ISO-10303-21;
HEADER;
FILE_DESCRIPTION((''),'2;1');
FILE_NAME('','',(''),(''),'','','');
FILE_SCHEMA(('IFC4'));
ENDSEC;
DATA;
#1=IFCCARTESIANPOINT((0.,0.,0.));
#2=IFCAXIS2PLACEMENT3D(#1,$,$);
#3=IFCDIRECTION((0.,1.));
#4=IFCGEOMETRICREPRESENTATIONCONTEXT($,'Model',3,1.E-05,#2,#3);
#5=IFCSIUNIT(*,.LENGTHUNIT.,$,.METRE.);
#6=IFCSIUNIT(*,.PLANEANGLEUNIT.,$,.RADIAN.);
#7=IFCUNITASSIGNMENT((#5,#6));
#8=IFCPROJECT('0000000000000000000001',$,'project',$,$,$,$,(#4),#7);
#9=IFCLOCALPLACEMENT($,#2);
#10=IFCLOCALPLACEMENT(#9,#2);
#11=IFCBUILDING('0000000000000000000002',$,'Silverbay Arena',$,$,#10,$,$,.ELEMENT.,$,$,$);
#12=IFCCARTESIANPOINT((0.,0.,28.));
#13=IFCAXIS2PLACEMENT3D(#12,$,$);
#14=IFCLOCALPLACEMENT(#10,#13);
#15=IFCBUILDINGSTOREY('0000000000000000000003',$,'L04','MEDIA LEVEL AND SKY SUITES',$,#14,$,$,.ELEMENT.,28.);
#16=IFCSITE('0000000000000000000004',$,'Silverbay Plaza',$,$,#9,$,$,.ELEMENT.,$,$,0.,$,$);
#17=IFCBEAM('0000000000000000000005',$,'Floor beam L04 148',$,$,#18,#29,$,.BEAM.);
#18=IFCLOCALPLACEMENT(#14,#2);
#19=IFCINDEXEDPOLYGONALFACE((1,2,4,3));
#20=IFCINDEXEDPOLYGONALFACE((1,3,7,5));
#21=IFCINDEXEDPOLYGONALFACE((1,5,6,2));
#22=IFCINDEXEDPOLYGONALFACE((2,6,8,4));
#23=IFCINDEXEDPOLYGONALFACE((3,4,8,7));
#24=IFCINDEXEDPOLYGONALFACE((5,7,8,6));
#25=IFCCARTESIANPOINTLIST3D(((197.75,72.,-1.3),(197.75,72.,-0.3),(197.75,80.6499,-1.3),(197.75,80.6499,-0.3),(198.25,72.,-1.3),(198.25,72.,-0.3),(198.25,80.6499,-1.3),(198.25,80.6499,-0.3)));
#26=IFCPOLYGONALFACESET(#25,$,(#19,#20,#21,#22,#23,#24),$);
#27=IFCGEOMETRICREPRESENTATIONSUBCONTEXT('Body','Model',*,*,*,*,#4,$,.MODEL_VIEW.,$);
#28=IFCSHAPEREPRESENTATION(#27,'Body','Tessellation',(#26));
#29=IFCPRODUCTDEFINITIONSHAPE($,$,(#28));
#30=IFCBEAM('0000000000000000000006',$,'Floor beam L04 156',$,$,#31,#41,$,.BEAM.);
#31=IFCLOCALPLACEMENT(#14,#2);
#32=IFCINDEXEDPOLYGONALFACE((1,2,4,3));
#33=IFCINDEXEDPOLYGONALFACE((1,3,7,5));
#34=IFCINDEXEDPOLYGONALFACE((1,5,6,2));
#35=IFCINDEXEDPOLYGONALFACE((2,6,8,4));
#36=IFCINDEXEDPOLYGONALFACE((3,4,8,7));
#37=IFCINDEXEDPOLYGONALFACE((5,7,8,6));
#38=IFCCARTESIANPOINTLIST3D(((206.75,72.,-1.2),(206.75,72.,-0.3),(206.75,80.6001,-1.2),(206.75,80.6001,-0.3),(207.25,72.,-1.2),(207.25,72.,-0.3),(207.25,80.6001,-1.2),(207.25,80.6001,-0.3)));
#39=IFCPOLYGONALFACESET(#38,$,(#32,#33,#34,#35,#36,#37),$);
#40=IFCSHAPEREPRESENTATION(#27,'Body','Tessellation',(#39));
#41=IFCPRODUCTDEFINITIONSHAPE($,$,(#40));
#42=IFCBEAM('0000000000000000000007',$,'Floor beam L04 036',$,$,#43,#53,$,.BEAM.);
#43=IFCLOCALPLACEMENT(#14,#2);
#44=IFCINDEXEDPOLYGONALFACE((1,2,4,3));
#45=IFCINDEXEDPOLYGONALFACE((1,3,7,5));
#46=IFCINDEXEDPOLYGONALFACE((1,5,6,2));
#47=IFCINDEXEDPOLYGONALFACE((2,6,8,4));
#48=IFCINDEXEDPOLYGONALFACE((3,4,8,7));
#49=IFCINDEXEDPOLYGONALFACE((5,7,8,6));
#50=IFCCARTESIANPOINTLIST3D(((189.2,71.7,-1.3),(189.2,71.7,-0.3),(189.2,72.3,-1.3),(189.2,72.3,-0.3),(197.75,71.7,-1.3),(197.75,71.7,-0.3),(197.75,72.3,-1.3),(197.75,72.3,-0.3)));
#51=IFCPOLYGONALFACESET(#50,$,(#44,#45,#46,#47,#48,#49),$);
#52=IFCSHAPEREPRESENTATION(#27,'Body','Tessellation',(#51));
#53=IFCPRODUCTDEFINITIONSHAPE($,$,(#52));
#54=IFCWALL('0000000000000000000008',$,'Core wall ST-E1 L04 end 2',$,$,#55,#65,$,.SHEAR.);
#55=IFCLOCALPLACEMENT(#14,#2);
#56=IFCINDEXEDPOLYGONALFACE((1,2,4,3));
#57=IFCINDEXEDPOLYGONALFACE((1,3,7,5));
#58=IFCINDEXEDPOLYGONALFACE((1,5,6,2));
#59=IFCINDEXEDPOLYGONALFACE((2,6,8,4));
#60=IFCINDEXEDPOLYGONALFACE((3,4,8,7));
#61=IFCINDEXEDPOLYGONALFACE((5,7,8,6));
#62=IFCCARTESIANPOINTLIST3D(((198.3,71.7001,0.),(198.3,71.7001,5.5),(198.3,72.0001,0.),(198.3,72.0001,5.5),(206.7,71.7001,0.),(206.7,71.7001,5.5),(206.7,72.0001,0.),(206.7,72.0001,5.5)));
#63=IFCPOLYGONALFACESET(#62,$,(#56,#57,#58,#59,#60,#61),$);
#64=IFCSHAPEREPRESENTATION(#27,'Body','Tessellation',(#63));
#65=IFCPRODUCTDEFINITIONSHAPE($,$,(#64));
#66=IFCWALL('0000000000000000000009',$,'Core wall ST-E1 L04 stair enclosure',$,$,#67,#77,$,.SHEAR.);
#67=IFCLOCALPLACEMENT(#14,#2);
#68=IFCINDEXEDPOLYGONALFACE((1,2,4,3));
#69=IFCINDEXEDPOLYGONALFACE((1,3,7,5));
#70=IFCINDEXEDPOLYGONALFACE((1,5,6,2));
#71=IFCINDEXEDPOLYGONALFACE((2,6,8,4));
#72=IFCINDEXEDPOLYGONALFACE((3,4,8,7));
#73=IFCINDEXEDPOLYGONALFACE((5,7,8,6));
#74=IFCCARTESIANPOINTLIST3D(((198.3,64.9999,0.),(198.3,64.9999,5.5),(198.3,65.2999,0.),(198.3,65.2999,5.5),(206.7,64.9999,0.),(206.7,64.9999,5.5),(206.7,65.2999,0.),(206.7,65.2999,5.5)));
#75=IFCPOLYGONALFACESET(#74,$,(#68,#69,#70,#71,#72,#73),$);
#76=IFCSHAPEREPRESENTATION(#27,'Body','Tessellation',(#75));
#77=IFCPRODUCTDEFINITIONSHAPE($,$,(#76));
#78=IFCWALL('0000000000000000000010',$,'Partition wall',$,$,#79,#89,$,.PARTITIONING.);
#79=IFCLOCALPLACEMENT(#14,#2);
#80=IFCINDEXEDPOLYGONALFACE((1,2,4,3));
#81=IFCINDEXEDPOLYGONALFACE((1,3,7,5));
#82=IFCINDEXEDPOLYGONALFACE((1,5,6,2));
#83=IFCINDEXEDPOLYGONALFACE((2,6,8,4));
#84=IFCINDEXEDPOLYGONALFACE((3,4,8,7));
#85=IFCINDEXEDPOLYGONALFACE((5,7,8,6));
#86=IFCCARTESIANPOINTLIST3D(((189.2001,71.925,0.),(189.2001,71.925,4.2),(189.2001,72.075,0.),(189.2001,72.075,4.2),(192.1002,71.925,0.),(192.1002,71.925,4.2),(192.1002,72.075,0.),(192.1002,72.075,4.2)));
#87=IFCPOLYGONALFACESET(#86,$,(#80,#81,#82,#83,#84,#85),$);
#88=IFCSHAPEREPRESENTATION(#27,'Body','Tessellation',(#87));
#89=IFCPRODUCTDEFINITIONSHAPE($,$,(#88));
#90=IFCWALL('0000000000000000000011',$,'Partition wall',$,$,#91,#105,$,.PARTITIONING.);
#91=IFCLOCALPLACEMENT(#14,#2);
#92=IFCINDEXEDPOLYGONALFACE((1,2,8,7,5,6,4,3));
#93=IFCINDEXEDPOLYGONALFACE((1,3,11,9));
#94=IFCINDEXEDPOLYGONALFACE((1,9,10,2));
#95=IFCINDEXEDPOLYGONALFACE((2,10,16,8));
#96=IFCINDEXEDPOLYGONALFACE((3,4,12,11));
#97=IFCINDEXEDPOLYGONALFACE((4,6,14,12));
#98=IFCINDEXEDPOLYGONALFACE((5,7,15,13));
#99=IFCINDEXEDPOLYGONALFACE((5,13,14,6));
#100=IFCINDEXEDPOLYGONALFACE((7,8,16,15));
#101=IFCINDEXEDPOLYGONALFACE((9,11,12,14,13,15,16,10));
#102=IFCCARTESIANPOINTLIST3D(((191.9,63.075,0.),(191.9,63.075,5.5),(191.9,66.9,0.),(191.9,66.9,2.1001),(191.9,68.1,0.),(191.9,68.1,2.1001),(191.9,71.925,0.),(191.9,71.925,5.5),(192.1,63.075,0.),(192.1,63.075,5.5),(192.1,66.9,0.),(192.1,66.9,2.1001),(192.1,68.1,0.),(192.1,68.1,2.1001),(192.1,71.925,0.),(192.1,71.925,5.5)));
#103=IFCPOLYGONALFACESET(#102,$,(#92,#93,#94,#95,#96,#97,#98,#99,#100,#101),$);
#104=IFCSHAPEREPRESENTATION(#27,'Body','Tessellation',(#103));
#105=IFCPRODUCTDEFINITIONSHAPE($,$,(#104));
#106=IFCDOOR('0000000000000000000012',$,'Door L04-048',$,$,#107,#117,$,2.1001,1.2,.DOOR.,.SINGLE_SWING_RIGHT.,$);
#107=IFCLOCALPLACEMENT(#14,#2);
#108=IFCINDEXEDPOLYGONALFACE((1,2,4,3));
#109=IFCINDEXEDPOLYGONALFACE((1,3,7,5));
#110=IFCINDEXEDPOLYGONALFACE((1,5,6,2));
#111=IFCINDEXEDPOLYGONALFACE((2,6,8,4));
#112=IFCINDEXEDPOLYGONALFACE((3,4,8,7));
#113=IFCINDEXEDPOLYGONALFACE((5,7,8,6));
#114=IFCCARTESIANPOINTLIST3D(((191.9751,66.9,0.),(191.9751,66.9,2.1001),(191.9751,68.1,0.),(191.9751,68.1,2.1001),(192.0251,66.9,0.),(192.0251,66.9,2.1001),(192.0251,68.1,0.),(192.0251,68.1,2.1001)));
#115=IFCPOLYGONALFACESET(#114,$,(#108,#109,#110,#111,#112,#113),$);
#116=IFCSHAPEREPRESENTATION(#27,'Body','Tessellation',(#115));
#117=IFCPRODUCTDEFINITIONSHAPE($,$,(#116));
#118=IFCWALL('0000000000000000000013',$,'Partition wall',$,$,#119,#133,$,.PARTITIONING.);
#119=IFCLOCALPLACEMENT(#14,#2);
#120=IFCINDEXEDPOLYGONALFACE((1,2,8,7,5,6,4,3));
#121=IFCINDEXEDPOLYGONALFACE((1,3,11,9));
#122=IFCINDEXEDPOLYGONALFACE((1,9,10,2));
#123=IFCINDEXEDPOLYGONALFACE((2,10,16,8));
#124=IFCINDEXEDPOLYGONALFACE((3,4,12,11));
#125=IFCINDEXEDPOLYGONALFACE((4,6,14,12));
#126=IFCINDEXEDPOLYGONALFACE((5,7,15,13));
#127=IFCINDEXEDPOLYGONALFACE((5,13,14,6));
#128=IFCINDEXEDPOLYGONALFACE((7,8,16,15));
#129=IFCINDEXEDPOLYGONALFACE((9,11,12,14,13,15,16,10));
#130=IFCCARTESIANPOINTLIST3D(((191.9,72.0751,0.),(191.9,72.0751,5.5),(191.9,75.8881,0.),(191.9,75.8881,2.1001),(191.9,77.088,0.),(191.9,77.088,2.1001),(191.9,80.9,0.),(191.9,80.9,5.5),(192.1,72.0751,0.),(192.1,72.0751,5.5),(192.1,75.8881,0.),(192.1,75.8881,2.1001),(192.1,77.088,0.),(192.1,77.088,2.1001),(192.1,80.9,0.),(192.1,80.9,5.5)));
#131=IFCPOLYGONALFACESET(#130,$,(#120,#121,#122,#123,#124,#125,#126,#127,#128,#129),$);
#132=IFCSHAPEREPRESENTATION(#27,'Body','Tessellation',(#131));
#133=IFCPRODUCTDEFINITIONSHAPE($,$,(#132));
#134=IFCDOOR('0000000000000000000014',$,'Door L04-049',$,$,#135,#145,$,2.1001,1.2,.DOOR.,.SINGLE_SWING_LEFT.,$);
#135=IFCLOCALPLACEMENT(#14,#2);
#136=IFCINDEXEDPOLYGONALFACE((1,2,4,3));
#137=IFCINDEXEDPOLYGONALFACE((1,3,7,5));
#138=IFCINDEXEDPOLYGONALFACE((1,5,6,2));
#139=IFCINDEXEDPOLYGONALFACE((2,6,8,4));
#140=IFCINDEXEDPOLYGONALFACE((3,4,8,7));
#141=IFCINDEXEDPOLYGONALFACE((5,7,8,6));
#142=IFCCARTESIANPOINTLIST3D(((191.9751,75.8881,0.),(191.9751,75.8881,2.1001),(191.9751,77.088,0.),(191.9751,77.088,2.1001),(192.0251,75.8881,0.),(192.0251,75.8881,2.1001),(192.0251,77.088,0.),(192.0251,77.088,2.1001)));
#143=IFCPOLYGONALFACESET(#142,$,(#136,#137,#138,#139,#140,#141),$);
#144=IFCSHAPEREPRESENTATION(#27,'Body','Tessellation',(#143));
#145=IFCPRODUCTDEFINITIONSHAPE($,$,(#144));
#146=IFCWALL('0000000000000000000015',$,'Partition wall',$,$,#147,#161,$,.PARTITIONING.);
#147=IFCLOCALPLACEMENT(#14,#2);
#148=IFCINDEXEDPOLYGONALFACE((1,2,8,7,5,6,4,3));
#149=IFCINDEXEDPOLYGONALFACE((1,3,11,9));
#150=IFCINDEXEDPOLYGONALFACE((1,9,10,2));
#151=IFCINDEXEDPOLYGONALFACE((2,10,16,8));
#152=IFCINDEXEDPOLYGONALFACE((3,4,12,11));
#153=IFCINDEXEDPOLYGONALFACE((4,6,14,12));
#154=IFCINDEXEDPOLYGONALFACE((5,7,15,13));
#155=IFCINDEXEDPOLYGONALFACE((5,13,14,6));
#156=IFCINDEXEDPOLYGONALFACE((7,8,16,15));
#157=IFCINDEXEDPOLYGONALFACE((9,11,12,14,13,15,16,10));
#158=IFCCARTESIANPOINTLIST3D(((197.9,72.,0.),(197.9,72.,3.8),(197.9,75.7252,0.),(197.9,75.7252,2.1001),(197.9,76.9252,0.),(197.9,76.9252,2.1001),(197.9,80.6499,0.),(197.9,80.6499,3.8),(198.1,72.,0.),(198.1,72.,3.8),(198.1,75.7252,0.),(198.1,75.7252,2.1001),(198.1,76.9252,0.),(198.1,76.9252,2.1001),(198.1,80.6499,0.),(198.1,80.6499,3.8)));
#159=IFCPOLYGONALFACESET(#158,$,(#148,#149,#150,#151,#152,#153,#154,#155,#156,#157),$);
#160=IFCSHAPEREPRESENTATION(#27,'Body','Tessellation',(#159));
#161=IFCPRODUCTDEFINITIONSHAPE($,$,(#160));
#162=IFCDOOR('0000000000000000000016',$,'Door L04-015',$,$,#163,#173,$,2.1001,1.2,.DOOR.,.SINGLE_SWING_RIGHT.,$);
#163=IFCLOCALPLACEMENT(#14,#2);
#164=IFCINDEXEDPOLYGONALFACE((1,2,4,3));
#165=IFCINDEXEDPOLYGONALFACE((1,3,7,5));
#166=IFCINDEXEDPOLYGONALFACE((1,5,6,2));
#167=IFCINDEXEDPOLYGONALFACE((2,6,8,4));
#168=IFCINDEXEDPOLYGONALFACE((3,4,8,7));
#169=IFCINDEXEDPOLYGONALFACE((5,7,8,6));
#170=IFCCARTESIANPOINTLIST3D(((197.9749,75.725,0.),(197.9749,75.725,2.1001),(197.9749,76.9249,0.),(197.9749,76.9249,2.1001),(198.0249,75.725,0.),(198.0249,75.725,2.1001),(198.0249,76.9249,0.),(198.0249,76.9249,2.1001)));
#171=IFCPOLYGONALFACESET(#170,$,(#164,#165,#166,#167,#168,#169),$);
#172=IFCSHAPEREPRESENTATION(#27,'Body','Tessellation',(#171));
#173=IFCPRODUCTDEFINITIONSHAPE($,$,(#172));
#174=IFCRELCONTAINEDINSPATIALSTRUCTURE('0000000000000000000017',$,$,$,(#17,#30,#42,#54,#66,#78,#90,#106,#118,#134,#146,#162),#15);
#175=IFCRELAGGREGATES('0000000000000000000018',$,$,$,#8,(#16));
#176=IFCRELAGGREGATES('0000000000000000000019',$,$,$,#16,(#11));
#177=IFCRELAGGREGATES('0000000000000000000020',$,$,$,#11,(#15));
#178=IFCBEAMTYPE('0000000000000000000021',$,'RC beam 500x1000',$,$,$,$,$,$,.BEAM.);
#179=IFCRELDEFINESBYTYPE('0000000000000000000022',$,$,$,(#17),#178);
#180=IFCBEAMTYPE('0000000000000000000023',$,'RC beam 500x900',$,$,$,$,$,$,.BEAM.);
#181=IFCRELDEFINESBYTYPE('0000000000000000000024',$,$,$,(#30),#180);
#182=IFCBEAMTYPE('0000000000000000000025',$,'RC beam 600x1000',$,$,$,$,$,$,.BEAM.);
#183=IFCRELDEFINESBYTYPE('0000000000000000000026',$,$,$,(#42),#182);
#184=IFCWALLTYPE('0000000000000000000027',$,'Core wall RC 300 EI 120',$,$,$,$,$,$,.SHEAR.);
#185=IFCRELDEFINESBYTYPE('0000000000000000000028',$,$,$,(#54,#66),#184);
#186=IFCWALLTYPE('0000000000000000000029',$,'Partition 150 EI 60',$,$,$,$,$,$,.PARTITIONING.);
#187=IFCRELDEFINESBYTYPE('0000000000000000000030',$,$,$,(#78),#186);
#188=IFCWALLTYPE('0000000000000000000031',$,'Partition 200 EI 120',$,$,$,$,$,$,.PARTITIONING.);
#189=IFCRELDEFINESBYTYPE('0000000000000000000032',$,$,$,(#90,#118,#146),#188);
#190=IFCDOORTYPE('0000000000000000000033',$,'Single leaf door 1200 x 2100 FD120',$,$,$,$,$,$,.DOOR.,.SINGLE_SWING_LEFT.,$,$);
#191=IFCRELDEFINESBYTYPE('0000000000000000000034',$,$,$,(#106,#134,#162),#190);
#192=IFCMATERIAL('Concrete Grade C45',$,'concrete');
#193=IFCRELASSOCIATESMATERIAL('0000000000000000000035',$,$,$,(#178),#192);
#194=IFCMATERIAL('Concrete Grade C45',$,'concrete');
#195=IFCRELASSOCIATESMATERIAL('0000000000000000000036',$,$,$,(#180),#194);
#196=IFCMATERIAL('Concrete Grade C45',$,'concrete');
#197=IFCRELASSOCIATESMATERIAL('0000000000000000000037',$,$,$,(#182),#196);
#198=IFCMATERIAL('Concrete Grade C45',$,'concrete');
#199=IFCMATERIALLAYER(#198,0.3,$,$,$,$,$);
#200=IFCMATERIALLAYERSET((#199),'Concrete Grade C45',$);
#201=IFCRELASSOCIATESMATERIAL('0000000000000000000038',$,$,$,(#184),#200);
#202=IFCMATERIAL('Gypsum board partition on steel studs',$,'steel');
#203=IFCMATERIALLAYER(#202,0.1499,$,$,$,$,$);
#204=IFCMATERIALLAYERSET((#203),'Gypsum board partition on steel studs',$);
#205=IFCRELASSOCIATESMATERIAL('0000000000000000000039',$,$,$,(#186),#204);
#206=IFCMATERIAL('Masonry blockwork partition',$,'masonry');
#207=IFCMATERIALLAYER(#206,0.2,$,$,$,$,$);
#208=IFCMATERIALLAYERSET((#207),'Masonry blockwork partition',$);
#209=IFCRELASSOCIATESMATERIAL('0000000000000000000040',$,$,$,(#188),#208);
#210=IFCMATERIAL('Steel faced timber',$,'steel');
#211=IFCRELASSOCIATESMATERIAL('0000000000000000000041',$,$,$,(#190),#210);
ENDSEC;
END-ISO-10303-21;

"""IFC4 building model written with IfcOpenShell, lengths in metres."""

from ifc_helpers import new_model, si_unit, direction, frame, frame_2d, origin, origin_2d, place, context, subcontext, project, spatial, rectangle, extrude, material, layer, layer_set, material_profile, profile_set, type_object, element, fill, save


model = new_model("IFC4")

# Units and contexts
model_context = context("Model", 3, precision=1e-05, world=origin(), true_north=direction((0.0, 1.0)))
body_context = subcontext(model_context, "Body", "Model", "MODEL_VIEW")
ifc_project = project(units=[si_unit("LENGTHUNIT", "METRE"), si_unit("PLANEANGLEUNIT", "RADIAN")], contexts=[model_context])

# Site, building, storey
site_placement = place(None, origin())
site = spatial("IfcSite", under=ifc_project, at=site_placement, Name="Silverbay Plaza", CompositionType="ELEMENT", RefElevation=0.0)
building_placement = place(site_placement, origin())
building = spatial("IfcBuilding", under=site, at=building_placement, Name="Silverbay Arena", CompositionType="ELEMENT")
storey_placement = place(building_placement, frame((0.0, 0.0, 28.0)))
storey = spatial("IfcBuildingStorey", under=building, at=storey_placement, Name="L04", Description="MEDIA LEVEL AND SKY SUITES", CompositionType="ELEMENT", Elevation=28.0)

# Beams
ifc_material_1 = material(Name="Concrete Grade C45", Category="concrete")
ifc_material_profile_1 = material_profile(ifc_material_1, rectangle(XDim=0.5, YDim=1.0, at=origin_2d()), Name="RC 500x1000")
ifc_profile_set_1 = profile_set([ifc_material_profile_1], Name="Concrete Grade C45")
beam_type_1 = type_object("IfcBeamType", Name="RC beam 500x1000", PredefinedType="BEAM", material=ifc_profile_set_1)
beam_1_placement = place(storey_placement, frame((198.0, 72.0, -0.8), z_axis=(0.0, 1.0, 0.0), x_axis=(-1.0, 0.0, 0.0)))
element("IfcBeam", 1, at=beam_1_placement, inside=storey, type_object=beam_type_1, Name="Floor beam L04 148", PredefinedType="BEAM", context=body_context, shape_type="SweptSolid", body=[
    extrude(rectangle(XDim=0.5, YDim=1.0, at=origin_2d()), origin(), (0.0, 0.0, 1.0), 8.6499),
])
ifc_material_2 = material(Name="Concrete Grade C45", Category="concrete")
ifc_material_profile_2 = material_profile(ifc_material_2, rectangle(XDim=0.5, YDim=0.8999, at=origin_2d()), Name="RC 500x900")
ifc_profile_set_2 = profile_set([ifc_material_profile_2], Name="Concrete Grade C45")
beam_type_2 = type_object("IfcBeamType", Name="RC beam 500x900", PredefinedType="BEAM", material=ifc_profile_set_2)
beam_2_placement = place(storey_placement, frame((207.0, 72.0, -0.75), z_axis=(0.0, 1.0, 0.0), x_axis=(-1.0, 0.0, 0.0)))
element("IfcBeam", 2, at=beam_2_placement, inside=storey, type_object=beam_type_2, Name="Floor beam L04 156", PredefinedType="BEAM", context=body_context, shape_type="SweptSolid", body=[
    extrude(rectangle(XDim=0.5, YDim=0.8999, at=origin_2d()), origin(), (0.0, 0.0, 1.0), 8.6001),
])
ifc_material_3 = material(Name="Concrete Grade C45", Category="concrete")
ifc_material_profile_3 = material_profile(ifc_material_3, rectangle(XDim=0.6001, YDim=1.0, at=origin_2d()), Name="RC 600x1000")
ifc_profile_set_3 = profile_set([ifc_material_profile_3], Name="Concrete Grade C45")
beam_type_3 = type_object("IfcBeamType", Name="RC beam 600x1000", PredefinedType="BEAM", material=ifc_profile_set_3)
beam_3_placement = place(storey_placement, frame((189.2, 72.0, -0.8), z_axis=(1.0, 0.0, 0.0), x_axis=(0.0, 1.0, 0.0)))
element("IfcBeam", 3, at=beam_3_placement, inside=storey, type_object=beam_type_3, Name="Floor beam L04 036", PredefinedType="BEAM", context=body_context, shape_type="SweptSolid", body=[
    extrude(rectangle(XDim=0.6001, YDim=1.0, at=origin_2d()), origin(), (0.0, 0.0, 1.0), 8.55),
])

# Walls
ifc_material_4 = material(Name="Concrete Grade C45", Category="concrete")
ifc_layer_1 = layer(ifc_material_4, 0.3)
ifc_layer_set_1 = layer_set([ifc_layer_1], Name="Concrete Grade C45")
wall_type_1 = type_object("IfcWallType", Name="Core wall RC 300 EI 120", PredefinedType="SHEAR", material=ifc_layer_set_1)
for number, where, z_axis, x_axis, name in (
    (4, (198.3, 71.8501, 0.0), (0.0, 0.0, 1.0), (1.0, 0.0, 0.0), "Core wall ST-E1 L04 end 2"),
    (5, (198.3, 65.1499, 0.0), (0.0, 0.0, 1.0), (1.0, 0.0, 0.0), "Core wall ST-E1 L04 stair enclosure"),
):
    element("IfcWall", number, at=place(storey_placement, frame(where, z_axis=z_axis, x_axis=x_axis)), inside=storey, type_object=wall_type_1, Name=name, PredefinedType="SHEAR", context=body_context, shape_type="SweptSolid", body=[
        extrude(rectangle(XDim=8.3999, YDim=0.3, at=frame_2d((4.2, 0.0))), origin(), (0.0, 0.0, 1.0), 5.5),
    ])
ifc_material_5 = material(Name="Gypsum board partition on steel studs", Category="steel")
ifc_layer_2 = layer(ifc_material_5, 0.1499)
ifc_layer_set_2 = layer_set([ifc_layer_2], Name="Gypsum board partition on steel studs")
wall_type_2 = type_object("IfcWallType", Name="Partition 150 EI 60", PredefinedType="PARTITIONING", material=ifc_layer_set_2)
wall_1_placement = place(storey_placement, frame((189.2, 72.0, 0.0), z_axis=(0.0, 0.0, 1.0), x_axis=(1.0, 0.0, 0.0)))
element("IfcWall", 6, at=wall_1_placement, inside=storey, type_object=wall_type_2, Name="Partition wall", PredefinedType="PARTITIONING", context=body_context, shape_type="SweptSolid", body=[
    extrude(rectangle(XDim=2.9001, YDim=0.1499, at=frame_2d((1.4502, 0.0))), origin(), (0.0, 0.0, 1.0), 4.2),
])

# Walls, openings, doors
ifc_material_6 = material(Name="Masonry blockwork partition", Category="masonry")
ifc_layer_3 = layer(ifc_material_6, 0.2)
ifc_layer_set_3 = layer_set([ifc_layer_3], Name="Masonry blockwork partition")
wall_type_3 = type_object("IfcWallType", Name="Partition 200 EI 120", PredefinedType="PARTITIONING", material=ifc_layer_set_3)
wall_2_placement = place(storey_placement, frame((192.0, 63.075, 0.0), z_axis=(0.0, 0.0, 1.0), x_axis=(0.0, 1.0, 0.0)))
wall_2 = element("IfcWall", 7, at=wall_2_placement, inside=storey, type_object=wall_type_3, Name="Partition wall", PredefinedType="PARTITIONING", context=body_context, shape_type="SweptSolid", body=[
    extrude(rectangle(XDim=8.8501, YDim=0.2, at=frame_2d((4.425, 0.0))), origin(), (0.0, 0.0, 1.0), 5.5),
])
opening_1_placement = place(wall_2_placement, frame((3.825, 0.0, 0.0)))
opening_1 = element("IfcOpeningElement", 8, at=opening_1_placement, cuts=wall_2, PredefinedType="OPENING", context=body_context, shape_type="SweptSolid", body=[
    extrude(rectangle(XDim=1.2, YDim=2.1001, at=frame_2d((0.6001, 1.05))), frame((0.0, 0.1099, 0.0), z_axis=(0.0, -1.0, 0.0), x_axis=(1.0, 0.0, 0.0)), (0.0, 0.0, 1.0), 0.22),
])
ifc_material_7 = material(Name="Steel faced timber", Category="steel")
door_type = type_object("IfcDoorType", Name="Single leaf door 1200 x 2100 FD120", OperationType="SINGLE_SWING_LEFT", PredefinedType="DOOR", material=ifc_material_7)
door_1_placement = place(opening_1_placement, origin())
door_1 = element("IfcDoor", 9, at=door_1_placement, inside=storey, type_object=door_type, Name="Door L04-048", OperationType="SINGLE_SWING_RIGHT", OverallHeight=2.1001, OverallWidth=1.2, PredefinedType="DOOR", context=body_context, shape_type="SweptSolid", body=[
    extrude(rectangle(XDim=1.2, YDim=2.1001, at=frame_2d((0.6001, 1.05))), frame((0.0, 0.0249, 0.0), z_axis=(0.0, -1.0, 0.0), x_axis=(1.0, 0.0, 0.0)), (0.0, 0.0, 1.0), 0.05),
])
fill(opening_1, door_1)
wall_3_placement = place(storey_placement, frame((192.0, 72.075, 0.0), z_axis=(0.0, 0.0, 1.0), x_axis=(0.0, 1.0, 0.0)))
wall_3 = element("IfcWall", 10, at=wall_3_placement, inside=storey, type_object=wall_type_3, Name="Partition wall", PredefinedType="PARTITIONING", context=body_context, shape_type="SweptSolid", body=[
    extrude(rectangle(XDim=8.825, YDim=0.2, at=frame_2d((4.4126, 0.0))), origin(), (0.0, 0.0, 1.0), 5.5),
])
opening_2_placement = place(wall_3_placement, frame((3.813, 0.0, 0.0)))
opening_2 = element("IfcOpeningElement", 11, at=opening_2_placement, cuts=wall_3, PredefinedType="OPENING", context=body_context, shape_type="SweptSolid", body=[
    extrude(rectangle(XDim=1.2, YDim=2.1001, at=frame_2d((0.6001, 1.05))), frame((0.0, 0.1099, 0.0), z_axis=(0.0, -1.0, 0.0), x_axis=(1.0, 0.0, 0.0)), (0.0, 0.0, 1.0), 0.22),
])
door_2_placement = place(opening_2_placement, origin())
door_2 = element("IfcDoor", 12, at=door_2_placement, inside=storey, type_object=door_type, Name="Door L04-049", OperationType="SINGLE_SWING_LEFT", OverallHeight=2.1001, OverallWidth=1.2, PredefinedType="DOOR", context=body_context, shape_type="SweptSolid", body=[
    extrude(rectangle(XDim=1.2, YDim=2.1001, at=frame_2d((0.6001, 1.05))), frame((0.0, 0.0249, 0.0), z_axis=(0.0, -1.0, 0.0), x_axis=(1.0, 0.0, 0.0)), (0.0, 0.0, 1.0), 0.05),
])
fill(opening_2, door_2)
wall_4_placement = place(storey_placement, frame((198.0, 72.0, 0.0), z_axis=(0.0, 0.0, 1.0), x_axis=(0.0, 1.0, 0.0)))
wall_4 = element("IfcWall", 13, at=wall_4_placement, inside=storey, type_object=wall_type_3, Name="Partition wall", PredefinedType="PARTITIONING", context=body_context, shape_type="SweptSolid", body=[
    extrude(rectangle(XDim=8.6499, YDim=0.2, at=frame_2d((4.325, 0.0))), origin(), (0.0, 0.0, 1.0), 3.8),
])
opening_3_placement = place(wall_4_placement, frame((3.7251, 0.0, 0.0)))
opening_3 = element("IfcOpeningElement", 14, at=opening_3_placement, cuts=wall_4, PredefinedType="OPENING", context=body_context, shape_type="SweptSolid", body=[
    extrude(rectangle(XDim=1.2, YDim=2.1001, at=frame_2d((0.6001, 1.05))), frame((0.0, 0.1099, 0.0), z_axis=(0.0, -1.0, 0.0), x_axis=(1.0, 0.0, 0.0)), (0.0, 0.0, 1.0), 0.22),
])
door_3_placement = place(opening_3_placement, frame((1.2, 0.0, 0.0), z_axis=(0.0, 0.0, 1.0), x_axis=(-1.0, 0.0, 0.0)))
door_3 = element("IfcDoor", 15, at=door_3_placement, inside=storey, type_object=door_type, Name="Door L04-015", OperationType="SINGLE_SWING_RIGHT", OverallHeight=2.1001, OverallWidth=1.2, PredefinedType="DOOR", context=body_context, shape_type="SweptSolid", body=[
    extrude(rectangle(XDim=1.2, YDim=2.1001, at=frame_2d((0.6001, 1.05))), frame((0.0, 0.0249, 0.0), z_axis=(0.0, -1.0, 0.0), x_axis=(1.0, 0.0, 0.0)), (0.0, 0.0, 1.0), 0.05),
])
fill(opening_3, door_3)

save(model, "model.ifc")
